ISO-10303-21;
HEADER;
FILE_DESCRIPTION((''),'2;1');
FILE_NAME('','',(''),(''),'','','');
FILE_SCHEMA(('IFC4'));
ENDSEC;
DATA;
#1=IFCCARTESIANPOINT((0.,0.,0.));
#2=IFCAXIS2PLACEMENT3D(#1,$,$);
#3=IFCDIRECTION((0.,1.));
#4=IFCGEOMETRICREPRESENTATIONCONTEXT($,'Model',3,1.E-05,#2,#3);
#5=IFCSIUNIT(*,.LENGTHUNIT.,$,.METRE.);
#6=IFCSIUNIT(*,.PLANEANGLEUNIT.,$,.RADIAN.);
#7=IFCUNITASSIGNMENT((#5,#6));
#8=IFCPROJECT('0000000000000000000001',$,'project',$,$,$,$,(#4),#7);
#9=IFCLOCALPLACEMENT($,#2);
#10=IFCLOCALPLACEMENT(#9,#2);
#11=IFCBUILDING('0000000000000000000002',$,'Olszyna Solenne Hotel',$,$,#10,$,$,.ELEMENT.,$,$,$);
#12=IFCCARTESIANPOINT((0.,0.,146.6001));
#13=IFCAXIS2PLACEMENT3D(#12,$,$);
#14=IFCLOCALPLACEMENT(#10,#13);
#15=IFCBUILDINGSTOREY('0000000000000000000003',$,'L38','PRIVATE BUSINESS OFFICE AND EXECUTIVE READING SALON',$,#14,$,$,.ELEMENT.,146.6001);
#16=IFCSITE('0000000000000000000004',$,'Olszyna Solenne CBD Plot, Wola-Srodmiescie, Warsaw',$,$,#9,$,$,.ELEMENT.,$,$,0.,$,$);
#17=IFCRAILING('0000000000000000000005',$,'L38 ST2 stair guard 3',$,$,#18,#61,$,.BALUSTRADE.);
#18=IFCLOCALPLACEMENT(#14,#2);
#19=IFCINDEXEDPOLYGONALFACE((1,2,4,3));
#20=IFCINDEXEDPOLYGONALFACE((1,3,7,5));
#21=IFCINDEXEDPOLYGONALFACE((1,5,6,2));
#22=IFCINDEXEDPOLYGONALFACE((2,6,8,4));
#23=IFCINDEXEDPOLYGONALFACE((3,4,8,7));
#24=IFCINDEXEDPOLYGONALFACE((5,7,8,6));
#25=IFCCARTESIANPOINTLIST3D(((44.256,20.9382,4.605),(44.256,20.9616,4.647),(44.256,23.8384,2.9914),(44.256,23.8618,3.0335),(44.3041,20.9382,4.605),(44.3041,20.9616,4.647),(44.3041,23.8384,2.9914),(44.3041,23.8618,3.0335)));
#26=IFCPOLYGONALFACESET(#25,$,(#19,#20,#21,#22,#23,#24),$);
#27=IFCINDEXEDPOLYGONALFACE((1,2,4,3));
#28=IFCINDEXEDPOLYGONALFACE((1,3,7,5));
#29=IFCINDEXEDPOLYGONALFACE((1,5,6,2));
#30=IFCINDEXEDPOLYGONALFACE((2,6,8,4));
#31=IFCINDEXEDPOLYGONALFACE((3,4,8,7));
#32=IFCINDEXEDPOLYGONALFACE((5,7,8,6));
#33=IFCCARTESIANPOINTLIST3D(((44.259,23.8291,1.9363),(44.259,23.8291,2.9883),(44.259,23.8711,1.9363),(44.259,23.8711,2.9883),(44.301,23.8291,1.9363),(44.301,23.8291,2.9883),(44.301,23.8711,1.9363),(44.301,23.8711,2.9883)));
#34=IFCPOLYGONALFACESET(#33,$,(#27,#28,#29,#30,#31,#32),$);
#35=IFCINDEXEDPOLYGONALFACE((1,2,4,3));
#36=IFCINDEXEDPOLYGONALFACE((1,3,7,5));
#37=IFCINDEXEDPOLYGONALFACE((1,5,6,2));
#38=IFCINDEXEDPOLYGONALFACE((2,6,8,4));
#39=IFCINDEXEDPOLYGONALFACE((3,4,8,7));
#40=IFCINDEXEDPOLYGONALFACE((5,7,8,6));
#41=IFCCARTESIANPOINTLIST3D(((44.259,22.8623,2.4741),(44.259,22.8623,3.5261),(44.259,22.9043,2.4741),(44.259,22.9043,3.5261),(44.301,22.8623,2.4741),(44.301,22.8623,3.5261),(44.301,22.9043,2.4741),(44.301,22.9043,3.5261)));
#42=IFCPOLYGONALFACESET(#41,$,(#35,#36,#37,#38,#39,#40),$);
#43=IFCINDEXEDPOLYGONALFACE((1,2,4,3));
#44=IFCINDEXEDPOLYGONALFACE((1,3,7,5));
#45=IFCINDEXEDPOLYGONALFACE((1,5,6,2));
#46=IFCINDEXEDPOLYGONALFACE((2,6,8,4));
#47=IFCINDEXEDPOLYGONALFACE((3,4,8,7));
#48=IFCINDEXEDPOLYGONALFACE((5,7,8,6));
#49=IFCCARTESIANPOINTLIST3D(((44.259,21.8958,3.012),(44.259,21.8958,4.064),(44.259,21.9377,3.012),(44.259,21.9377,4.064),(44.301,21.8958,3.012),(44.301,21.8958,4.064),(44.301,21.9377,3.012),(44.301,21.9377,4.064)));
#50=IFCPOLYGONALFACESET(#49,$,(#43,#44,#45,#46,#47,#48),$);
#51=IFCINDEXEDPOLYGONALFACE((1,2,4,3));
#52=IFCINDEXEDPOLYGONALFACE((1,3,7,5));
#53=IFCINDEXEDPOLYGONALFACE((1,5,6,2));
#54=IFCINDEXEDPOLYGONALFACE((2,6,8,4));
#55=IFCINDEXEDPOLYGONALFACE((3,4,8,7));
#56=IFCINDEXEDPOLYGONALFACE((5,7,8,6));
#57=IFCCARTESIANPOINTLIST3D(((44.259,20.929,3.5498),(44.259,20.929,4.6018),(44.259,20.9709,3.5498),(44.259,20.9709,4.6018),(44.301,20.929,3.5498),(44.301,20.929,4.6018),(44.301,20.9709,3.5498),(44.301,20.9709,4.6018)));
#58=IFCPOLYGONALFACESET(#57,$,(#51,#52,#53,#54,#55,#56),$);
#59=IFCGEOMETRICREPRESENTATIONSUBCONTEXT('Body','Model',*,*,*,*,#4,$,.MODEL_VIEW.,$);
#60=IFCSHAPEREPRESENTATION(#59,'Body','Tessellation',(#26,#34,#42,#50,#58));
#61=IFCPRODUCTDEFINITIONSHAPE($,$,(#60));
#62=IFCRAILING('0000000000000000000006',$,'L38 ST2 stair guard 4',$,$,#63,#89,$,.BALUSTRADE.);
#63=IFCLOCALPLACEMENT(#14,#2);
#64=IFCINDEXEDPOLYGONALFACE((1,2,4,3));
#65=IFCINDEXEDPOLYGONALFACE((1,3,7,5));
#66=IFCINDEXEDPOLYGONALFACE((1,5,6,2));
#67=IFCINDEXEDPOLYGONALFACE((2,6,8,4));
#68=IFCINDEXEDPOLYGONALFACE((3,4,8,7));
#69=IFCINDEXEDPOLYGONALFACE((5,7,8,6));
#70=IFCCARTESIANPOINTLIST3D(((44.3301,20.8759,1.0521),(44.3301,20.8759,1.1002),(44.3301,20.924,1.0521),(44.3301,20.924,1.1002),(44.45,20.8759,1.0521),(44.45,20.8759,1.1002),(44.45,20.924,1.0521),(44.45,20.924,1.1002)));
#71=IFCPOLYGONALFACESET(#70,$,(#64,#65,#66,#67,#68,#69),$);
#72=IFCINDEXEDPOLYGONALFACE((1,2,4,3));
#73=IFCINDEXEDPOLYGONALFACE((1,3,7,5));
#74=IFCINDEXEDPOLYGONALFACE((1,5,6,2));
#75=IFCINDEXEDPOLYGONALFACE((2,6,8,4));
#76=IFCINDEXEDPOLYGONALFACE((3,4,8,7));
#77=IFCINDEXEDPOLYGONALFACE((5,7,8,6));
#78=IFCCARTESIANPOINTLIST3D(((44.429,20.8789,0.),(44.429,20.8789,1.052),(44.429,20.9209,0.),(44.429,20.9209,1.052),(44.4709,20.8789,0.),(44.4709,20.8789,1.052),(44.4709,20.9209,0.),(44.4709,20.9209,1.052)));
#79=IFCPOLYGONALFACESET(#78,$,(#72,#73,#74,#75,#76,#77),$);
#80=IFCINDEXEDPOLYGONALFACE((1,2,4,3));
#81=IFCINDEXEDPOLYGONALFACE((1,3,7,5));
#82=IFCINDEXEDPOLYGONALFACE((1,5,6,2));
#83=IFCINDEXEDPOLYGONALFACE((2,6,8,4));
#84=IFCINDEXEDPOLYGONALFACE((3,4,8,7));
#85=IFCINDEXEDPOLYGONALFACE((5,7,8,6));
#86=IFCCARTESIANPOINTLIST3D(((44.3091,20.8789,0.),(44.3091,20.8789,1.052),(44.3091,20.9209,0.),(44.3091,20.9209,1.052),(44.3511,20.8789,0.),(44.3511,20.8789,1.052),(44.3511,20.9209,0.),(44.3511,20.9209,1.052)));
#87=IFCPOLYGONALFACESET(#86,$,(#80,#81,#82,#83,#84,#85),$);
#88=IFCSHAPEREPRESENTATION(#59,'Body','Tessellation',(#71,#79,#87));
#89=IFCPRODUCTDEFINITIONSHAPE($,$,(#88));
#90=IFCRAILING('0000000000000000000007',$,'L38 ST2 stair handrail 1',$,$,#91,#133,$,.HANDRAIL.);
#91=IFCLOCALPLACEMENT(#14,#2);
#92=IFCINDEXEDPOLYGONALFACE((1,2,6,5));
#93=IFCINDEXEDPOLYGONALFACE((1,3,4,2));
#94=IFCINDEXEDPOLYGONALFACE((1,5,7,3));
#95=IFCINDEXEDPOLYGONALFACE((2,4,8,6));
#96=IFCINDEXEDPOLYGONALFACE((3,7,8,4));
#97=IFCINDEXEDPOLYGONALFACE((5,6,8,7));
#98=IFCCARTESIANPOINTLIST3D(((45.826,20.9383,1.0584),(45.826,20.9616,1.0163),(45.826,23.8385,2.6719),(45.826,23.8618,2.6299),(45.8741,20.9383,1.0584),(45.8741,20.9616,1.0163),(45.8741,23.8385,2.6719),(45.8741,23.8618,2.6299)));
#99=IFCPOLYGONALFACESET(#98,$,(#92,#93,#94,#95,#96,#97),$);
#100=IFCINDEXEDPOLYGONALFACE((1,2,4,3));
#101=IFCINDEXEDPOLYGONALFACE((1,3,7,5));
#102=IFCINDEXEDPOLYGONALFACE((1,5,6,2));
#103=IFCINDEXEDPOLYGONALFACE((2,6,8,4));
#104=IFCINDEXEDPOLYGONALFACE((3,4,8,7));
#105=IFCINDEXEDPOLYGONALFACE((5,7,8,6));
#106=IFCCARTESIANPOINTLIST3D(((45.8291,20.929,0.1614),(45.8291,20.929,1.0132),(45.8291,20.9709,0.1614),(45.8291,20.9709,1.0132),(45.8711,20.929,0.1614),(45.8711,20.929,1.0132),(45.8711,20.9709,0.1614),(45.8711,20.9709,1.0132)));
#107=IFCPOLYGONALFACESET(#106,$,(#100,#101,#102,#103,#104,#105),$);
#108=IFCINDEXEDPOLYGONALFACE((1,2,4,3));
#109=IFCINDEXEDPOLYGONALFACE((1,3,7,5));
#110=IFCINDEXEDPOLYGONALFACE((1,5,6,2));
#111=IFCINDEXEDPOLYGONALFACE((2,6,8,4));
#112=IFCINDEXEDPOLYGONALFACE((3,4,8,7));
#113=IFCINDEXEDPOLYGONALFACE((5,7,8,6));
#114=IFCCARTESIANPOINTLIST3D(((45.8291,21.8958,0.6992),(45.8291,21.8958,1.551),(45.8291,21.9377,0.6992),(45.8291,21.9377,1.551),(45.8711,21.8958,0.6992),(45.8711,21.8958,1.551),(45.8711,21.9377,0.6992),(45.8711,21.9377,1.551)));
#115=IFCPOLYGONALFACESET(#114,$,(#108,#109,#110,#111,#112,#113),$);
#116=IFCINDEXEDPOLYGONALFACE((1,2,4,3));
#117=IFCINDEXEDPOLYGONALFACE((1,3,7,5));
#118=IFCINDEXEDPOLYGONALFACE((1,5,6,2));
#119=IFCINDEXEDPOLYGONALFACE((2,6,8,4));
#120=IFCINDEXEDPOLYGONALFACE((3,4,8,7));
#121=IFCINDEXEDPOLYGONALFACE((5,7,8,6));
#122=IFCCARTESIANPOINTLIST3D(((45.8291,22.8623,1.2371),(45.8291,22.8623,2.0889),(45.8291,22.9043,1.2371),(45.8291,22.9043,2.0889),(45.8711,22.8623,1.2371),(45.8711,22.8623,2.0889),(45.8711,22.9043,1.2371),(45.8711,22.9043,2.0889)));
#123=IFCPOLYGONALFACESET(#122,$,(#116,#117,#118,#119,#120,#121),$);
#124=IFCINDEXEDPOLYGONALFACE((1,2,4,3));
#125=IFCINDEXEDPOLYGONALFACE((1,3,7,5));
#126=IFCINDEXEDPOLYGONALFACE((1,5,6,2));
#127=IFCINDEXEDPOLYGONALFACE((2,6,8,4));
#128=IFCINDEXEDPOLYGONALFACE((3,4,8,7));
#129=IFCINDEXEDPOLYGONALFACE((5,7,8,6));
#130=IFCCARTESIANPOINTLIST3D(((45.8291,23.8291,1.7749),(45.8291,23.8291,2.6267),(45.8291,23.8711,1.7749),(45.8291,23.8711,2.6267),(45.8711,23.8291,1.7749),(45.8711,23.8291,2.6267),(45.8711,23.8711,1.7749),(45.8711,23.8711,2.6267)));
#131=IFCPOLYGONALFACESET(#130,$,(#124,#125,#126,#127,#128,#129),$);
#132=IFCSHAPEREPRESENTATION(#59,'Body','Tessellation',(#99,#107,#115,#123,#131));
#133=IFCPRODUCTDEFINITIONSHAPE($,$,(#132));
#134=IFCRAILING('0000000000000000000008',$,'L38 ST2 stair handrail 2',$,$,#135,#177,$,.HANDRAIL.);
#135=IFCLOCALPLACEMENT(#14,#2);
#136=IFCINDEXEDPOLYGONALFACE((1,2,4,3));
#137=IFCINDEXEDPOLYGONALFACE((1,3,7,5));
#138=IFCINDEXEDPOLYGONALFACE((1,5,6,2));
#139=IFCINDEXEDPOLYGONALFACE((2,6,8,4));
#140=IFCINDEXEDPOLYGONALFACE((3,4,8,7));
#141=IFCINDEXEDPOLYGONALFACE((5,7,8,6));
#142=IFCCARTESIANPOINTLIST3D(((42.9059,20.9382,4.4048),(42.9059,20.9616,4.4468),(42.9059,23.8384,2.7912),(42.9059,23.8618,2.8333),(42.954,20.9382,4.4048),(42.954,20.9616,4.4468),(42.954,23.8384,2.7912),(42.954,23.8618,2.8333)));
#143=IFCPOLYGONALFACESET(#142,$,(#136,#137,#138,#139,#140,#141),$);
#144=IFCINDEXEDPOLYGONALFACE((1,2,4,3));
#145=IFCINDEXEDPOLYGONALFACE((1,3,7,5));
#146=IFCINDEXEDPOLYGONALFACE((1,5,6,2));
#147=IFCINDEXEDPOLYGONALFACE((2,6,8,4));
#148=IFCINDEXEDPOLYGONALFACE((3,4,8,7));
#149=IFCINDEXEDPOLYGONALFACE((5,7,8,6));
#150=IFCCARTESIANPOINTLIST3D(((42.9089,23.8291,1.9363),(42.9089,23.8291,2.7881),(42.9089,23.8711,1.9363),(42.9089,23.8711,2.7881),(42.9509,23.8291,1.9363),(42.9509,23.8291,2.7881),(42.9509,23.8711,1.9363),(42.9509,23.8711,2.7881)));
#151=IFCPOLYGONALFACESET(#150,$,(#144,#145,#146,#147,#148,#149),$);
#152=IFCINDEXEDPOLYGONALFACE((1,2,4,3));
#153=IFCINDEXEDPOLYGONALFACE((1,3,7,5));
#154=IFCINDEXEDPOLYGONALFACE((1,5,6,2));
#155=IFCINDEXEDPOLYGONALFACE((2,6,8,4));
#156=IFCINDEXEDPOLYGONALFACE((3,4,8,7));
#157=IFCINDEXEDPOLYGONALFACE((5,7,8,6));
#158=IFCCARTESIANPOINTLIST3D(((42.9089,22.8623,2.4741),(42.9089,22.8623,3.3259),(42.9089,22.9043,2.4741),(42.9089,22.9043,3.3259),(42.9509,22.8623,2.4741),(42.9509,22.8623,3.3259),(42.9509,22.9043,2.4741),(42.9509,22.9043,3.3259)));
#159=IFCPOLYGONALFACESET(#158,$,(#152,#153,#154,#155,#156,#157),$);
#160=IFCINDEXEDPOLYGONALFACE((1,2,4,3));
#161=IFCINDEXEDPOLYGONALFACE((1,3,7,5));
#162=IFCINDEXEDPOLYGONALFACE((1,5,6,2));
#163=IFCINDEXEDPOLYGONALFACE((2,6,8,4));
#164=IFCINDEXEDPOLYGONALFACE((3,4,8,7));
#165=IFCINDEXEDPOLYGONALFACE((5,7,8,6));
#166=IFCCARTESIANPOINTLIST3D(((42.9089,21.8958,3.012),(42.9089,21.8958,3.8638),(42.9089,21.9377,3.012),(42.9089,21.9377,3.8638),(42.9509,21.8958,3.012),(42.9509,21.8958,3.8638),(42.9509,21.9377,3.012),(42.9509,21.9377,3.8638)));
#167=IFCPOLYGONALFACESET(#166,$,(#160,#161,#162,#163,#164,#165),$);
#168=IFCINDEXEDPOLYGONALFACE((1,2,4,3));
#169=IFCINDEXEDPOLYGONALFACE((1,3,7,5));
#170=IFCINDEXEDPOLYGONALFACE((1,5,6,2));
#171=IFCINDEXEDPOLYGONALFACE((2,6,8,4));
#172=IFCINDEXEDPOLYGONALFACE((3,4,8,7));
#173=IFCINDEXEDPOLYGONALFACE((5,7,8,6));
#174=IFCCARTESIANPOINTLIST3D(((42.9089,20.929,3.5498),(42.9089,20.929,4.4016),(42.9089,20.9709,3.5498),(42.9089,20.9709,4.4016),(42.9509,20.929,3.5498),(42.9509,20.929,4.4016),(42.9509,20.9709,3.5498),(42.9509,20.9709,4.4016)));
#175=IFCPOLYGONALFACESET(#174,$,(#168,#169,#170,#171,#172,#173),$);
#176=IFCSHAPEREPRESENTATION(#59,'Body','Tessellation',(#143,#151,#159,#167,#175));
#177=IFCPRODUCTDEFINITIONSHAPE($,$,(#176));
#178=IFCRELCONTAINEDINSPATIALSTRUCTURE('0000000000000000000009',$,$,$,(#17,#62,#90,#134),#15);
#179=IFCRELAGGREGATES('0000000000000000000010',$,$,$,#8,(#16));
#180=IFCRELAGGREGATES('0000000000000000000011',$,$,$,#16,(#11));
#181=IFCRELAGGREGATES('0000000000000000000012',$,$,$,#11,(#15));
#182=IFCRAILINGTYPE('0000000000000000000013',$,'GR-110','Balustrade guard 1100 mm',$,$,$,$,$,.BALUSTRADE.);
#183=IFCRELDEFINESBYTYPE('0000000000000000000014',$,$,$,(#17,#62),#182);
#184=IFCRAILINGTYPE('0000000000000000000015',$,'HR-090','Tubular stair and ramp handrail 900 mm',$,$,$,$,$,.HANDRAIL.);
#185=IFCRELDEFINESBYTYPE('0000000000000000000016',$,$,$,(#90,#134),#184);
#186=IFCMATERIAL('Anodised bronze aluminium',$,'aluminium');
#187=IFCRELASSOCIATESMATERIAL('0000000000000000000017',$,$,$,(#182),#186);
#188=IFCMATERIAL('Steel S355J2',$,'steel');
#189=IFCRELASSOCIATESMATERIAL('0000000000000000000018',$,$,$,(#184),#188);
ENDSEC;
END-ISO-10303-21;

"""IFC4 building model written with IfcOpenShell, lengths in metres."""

from ifc_helpers import new_model, si_unit, direction, frame, origin, origin_2d, place, context, subcontext, project, spatial, rectangle, extrude, material, type_object, element, save


model = new_model("IFC4")

# Units and contexts
model_context = context("Model", 3, precision=1e-05, world=origin(), true_north=direction((0.0, 1.0)))
body_context = subcontext(model_context, "Body", "Model", "MODEL_VIEW")
ifc_project = project(units=[si_unit("LENGTHUNIT", "METRE"), si_unit("PLANEANGLEUNIT", "RADIAN")], contexts=[model_context])

# Site, building, storey
site_placement = place(None, origin())
site = spatial("IfcSite", under=ifc_project, at=site_placement, Name="Olszyna Solenne CBD Plot, Wola-Srodmiescie, Warsaw", CompositionType="ELEMENT", RefElevation=0.0)
building_placement = place(site_placement, origin())
building = spatial("IfcBuilding", under=site, at=building_placement, Name="Olszyna Solenne Hotel", CompositionType="ELEMENT")
storey_placement = place(building_placement, frame((0.0, 0.0, 146.6001)))
storey = spatial("IfcBuildingStorey", under=building, at=storey_placement, Name="L38", Description="PRIVATE BUSINESS OFFICE AND EXECUTIVE READING SALON", CompositionType="ELEMENT", Elevation=146.6001)

# Shared definitions
ifc_material_1 = material(Name="Steel S355J2", Category="steel")

# Railings
ifc_material_2 = material(Name="Anodised bronze aluminium", Category="aluminium")
railing_type_1 = type_object("IfcRailingType", Name="GR-110", Description="Balustrade guard 1100 mm", PredefinedType="BALUSTRADE", material=ifc_material_2)
railing_1_placement = place(storey_placement, frame((44.28, 23.8501, 1.9363)))
element("IfcRailing", 1, at=railing_1_placement, inside=storey, type_object=railing_type_1, Name="L38 ST2 stair guard 3", PredefinedType="BALUSTRADE", context=body_context, shape_type="SweptSolid", body=[
    extrude(rectangle(XDim=0.0481, YDim=0.0481, at=origin_2d()), frame((0.0, 0.0, 1.0762), z_axis=(0.0, -0.873859, 0.48618), x_axis=(1.0, 0.0, 0.0)), (0.0, 0.0, 1.0), 3.3188),
    extrude(rectangle(XDim=0.042, YDim=0.042, at=origin_2d()), origin(), (0.0, 0.0, 1.0), 1.052),
    extrude(rectangle(XDim=0.042, YDim=0.042, at=origin_2d()), frame((0.0, -0.9668, 0.5378)), (0.0, 0.0, 1.0), 1.052),
    extrude(rectangle(XDim=0.042, YDim=0.042, at=origin_2d()), frame((0.0, -1.9333, 1.0757)), (0.0, 0.0, 1.0), 1.052),
    extrude(rectangle(XDim=0.042, YDim=0.042, at=origin_2d()), frame((0.0, -2.9001, 1.6135)), (0.0, 0.0, 1.0), 1.052),
])
railing_2_placement = place(storey_placement, frame((44.45, 20.8999, 0.0)))
element("IfcRailing", 2, at=railing_2_placement, inside=storey, type_object=railing_type_1, Name="L38 ST2 stair guard 4", PredefinedType="BALUSTRADE", context=body_context, shape_type="SweptSolid", body=[
    extrude(rectangle(XDim=0.0481, YDim=0.0481, at=origin_2d()), frame((0.0, 0.0, 1.0762), z_axis=(-1.0, 0.0, 0.0), x_axis=(0.0, -1.0, 0.0)), (0.0, 0.0, 1.0), 0.1199),
    extrude(rectangle(XDim=0.042, YDim=0.042, at=origin_2d()), origin(), (0.0, 0.0, 1.0), 1.052),
    extrude(rectangle(XDim=0.042, YDim=0.042, at=origin_2d()), frame((-0.1199, 0.0, 0.0)), (0.0, 0.0, 1.0), 1.052),
])
railing_type_2 = type_object("IfcRailingType", Name="HR-090", Description="Tubular stair and ramp handrail 900 mm", PredefinedType="HANDRAIL", material=ifc_material_1)
railing_3_placement = place(storey_placement, frame((45.8501, 20.95, 0.1614)))
element("IfcRailing", 3, at=railing_3_placement, inside=storey, type_object=railing_type_2, Name="L38 ST2 stair handrail 1", PredefinedType="HANDRAIL", context=body_context, shape_type="SweptSolid", body=[
    extrude(rectangle(XDim=0.0481, YDim=0.0481, at=origin_2d()), frame((0.0, 0.0, 0.876), z_axis=(0.0, 0.873859, 0.48618), x_axis=(-1.0, 0.0, 0.0)), (0.0, 0.0, 1.0), 3.3188),
    extrude(rectangle(XDim=0.042, YDim=0.042, at=origin_2d()), origin(), (0.0, 0.0, 1.0), 0.8518),
    extrude(rectangle(XDim=0.042, YDim=0.042, at=origin_2d()), frame((0.0, 0.9668, 0.5378)), (0.0, 0.0, 1.0), 0.8518),
    extrude(rectangle(XDim=0.042, YDim=0.042, at=origin_2d()), frame((0.0, 1.9333, 1.0757)), (0.0, 0.0, 1.0), 0.8518),
    extrude(rectangle(XDim=0.042, YDim=0.042, at=origin_2d()), frame((0.0, 2.9001, 1.6135)), (0.0, 0.0, 1.0), 0.8518),
])
railing_4_placement = place(storey_placement, frame((42.9299, 23.8501, 1.9363)))
element("IfcRailing", 4, at=railing_4_placement, inside=storey, type_object=railing_type_2, Name="L38 ST2 stair handrail 2", PredefinedType="HANDRAIL", context=body_context, shape_type="SweptSolid", body=[
    extrude(rectangle(XDim=0.0481, YDim=0.0481, at=origin_2d()), frame((0.0, 0.0, 0.876), z_axis=(0.0, -0.873859, 0.48618), x_axis=(1.0, 0.0, 0.0)), (0.0, 0.0, 1.0), 3.3188),
    extrude(rectangle(XDim=0.042, YDim=0.042, at=origin_2d()), origin(), (0.0, 0.0, 1.0), 0.8518),
    extrude(rectangle(XDim=0.042, YDim=0.042, at=origin_2d()), frame((0.0, -0.9668, 0.5378)), (0.0, 0.0, 1.0), 0.8518),
    extrude(rectangle(XDim=0.042, YDim=0.042, at=origin_2d()), frame((0.0, -1.9333, 1.0757)), (0.0, 0.0, 1.0), 0.8518),
    extrude(rectangle(XDim=0.042, YDim=0.042, at=origin_2d()), frame((0.0, -2.9001, 1.6135)), (0.0, 0.0, 1.0), 0.8518),
])

save(model, "model.ifc")
